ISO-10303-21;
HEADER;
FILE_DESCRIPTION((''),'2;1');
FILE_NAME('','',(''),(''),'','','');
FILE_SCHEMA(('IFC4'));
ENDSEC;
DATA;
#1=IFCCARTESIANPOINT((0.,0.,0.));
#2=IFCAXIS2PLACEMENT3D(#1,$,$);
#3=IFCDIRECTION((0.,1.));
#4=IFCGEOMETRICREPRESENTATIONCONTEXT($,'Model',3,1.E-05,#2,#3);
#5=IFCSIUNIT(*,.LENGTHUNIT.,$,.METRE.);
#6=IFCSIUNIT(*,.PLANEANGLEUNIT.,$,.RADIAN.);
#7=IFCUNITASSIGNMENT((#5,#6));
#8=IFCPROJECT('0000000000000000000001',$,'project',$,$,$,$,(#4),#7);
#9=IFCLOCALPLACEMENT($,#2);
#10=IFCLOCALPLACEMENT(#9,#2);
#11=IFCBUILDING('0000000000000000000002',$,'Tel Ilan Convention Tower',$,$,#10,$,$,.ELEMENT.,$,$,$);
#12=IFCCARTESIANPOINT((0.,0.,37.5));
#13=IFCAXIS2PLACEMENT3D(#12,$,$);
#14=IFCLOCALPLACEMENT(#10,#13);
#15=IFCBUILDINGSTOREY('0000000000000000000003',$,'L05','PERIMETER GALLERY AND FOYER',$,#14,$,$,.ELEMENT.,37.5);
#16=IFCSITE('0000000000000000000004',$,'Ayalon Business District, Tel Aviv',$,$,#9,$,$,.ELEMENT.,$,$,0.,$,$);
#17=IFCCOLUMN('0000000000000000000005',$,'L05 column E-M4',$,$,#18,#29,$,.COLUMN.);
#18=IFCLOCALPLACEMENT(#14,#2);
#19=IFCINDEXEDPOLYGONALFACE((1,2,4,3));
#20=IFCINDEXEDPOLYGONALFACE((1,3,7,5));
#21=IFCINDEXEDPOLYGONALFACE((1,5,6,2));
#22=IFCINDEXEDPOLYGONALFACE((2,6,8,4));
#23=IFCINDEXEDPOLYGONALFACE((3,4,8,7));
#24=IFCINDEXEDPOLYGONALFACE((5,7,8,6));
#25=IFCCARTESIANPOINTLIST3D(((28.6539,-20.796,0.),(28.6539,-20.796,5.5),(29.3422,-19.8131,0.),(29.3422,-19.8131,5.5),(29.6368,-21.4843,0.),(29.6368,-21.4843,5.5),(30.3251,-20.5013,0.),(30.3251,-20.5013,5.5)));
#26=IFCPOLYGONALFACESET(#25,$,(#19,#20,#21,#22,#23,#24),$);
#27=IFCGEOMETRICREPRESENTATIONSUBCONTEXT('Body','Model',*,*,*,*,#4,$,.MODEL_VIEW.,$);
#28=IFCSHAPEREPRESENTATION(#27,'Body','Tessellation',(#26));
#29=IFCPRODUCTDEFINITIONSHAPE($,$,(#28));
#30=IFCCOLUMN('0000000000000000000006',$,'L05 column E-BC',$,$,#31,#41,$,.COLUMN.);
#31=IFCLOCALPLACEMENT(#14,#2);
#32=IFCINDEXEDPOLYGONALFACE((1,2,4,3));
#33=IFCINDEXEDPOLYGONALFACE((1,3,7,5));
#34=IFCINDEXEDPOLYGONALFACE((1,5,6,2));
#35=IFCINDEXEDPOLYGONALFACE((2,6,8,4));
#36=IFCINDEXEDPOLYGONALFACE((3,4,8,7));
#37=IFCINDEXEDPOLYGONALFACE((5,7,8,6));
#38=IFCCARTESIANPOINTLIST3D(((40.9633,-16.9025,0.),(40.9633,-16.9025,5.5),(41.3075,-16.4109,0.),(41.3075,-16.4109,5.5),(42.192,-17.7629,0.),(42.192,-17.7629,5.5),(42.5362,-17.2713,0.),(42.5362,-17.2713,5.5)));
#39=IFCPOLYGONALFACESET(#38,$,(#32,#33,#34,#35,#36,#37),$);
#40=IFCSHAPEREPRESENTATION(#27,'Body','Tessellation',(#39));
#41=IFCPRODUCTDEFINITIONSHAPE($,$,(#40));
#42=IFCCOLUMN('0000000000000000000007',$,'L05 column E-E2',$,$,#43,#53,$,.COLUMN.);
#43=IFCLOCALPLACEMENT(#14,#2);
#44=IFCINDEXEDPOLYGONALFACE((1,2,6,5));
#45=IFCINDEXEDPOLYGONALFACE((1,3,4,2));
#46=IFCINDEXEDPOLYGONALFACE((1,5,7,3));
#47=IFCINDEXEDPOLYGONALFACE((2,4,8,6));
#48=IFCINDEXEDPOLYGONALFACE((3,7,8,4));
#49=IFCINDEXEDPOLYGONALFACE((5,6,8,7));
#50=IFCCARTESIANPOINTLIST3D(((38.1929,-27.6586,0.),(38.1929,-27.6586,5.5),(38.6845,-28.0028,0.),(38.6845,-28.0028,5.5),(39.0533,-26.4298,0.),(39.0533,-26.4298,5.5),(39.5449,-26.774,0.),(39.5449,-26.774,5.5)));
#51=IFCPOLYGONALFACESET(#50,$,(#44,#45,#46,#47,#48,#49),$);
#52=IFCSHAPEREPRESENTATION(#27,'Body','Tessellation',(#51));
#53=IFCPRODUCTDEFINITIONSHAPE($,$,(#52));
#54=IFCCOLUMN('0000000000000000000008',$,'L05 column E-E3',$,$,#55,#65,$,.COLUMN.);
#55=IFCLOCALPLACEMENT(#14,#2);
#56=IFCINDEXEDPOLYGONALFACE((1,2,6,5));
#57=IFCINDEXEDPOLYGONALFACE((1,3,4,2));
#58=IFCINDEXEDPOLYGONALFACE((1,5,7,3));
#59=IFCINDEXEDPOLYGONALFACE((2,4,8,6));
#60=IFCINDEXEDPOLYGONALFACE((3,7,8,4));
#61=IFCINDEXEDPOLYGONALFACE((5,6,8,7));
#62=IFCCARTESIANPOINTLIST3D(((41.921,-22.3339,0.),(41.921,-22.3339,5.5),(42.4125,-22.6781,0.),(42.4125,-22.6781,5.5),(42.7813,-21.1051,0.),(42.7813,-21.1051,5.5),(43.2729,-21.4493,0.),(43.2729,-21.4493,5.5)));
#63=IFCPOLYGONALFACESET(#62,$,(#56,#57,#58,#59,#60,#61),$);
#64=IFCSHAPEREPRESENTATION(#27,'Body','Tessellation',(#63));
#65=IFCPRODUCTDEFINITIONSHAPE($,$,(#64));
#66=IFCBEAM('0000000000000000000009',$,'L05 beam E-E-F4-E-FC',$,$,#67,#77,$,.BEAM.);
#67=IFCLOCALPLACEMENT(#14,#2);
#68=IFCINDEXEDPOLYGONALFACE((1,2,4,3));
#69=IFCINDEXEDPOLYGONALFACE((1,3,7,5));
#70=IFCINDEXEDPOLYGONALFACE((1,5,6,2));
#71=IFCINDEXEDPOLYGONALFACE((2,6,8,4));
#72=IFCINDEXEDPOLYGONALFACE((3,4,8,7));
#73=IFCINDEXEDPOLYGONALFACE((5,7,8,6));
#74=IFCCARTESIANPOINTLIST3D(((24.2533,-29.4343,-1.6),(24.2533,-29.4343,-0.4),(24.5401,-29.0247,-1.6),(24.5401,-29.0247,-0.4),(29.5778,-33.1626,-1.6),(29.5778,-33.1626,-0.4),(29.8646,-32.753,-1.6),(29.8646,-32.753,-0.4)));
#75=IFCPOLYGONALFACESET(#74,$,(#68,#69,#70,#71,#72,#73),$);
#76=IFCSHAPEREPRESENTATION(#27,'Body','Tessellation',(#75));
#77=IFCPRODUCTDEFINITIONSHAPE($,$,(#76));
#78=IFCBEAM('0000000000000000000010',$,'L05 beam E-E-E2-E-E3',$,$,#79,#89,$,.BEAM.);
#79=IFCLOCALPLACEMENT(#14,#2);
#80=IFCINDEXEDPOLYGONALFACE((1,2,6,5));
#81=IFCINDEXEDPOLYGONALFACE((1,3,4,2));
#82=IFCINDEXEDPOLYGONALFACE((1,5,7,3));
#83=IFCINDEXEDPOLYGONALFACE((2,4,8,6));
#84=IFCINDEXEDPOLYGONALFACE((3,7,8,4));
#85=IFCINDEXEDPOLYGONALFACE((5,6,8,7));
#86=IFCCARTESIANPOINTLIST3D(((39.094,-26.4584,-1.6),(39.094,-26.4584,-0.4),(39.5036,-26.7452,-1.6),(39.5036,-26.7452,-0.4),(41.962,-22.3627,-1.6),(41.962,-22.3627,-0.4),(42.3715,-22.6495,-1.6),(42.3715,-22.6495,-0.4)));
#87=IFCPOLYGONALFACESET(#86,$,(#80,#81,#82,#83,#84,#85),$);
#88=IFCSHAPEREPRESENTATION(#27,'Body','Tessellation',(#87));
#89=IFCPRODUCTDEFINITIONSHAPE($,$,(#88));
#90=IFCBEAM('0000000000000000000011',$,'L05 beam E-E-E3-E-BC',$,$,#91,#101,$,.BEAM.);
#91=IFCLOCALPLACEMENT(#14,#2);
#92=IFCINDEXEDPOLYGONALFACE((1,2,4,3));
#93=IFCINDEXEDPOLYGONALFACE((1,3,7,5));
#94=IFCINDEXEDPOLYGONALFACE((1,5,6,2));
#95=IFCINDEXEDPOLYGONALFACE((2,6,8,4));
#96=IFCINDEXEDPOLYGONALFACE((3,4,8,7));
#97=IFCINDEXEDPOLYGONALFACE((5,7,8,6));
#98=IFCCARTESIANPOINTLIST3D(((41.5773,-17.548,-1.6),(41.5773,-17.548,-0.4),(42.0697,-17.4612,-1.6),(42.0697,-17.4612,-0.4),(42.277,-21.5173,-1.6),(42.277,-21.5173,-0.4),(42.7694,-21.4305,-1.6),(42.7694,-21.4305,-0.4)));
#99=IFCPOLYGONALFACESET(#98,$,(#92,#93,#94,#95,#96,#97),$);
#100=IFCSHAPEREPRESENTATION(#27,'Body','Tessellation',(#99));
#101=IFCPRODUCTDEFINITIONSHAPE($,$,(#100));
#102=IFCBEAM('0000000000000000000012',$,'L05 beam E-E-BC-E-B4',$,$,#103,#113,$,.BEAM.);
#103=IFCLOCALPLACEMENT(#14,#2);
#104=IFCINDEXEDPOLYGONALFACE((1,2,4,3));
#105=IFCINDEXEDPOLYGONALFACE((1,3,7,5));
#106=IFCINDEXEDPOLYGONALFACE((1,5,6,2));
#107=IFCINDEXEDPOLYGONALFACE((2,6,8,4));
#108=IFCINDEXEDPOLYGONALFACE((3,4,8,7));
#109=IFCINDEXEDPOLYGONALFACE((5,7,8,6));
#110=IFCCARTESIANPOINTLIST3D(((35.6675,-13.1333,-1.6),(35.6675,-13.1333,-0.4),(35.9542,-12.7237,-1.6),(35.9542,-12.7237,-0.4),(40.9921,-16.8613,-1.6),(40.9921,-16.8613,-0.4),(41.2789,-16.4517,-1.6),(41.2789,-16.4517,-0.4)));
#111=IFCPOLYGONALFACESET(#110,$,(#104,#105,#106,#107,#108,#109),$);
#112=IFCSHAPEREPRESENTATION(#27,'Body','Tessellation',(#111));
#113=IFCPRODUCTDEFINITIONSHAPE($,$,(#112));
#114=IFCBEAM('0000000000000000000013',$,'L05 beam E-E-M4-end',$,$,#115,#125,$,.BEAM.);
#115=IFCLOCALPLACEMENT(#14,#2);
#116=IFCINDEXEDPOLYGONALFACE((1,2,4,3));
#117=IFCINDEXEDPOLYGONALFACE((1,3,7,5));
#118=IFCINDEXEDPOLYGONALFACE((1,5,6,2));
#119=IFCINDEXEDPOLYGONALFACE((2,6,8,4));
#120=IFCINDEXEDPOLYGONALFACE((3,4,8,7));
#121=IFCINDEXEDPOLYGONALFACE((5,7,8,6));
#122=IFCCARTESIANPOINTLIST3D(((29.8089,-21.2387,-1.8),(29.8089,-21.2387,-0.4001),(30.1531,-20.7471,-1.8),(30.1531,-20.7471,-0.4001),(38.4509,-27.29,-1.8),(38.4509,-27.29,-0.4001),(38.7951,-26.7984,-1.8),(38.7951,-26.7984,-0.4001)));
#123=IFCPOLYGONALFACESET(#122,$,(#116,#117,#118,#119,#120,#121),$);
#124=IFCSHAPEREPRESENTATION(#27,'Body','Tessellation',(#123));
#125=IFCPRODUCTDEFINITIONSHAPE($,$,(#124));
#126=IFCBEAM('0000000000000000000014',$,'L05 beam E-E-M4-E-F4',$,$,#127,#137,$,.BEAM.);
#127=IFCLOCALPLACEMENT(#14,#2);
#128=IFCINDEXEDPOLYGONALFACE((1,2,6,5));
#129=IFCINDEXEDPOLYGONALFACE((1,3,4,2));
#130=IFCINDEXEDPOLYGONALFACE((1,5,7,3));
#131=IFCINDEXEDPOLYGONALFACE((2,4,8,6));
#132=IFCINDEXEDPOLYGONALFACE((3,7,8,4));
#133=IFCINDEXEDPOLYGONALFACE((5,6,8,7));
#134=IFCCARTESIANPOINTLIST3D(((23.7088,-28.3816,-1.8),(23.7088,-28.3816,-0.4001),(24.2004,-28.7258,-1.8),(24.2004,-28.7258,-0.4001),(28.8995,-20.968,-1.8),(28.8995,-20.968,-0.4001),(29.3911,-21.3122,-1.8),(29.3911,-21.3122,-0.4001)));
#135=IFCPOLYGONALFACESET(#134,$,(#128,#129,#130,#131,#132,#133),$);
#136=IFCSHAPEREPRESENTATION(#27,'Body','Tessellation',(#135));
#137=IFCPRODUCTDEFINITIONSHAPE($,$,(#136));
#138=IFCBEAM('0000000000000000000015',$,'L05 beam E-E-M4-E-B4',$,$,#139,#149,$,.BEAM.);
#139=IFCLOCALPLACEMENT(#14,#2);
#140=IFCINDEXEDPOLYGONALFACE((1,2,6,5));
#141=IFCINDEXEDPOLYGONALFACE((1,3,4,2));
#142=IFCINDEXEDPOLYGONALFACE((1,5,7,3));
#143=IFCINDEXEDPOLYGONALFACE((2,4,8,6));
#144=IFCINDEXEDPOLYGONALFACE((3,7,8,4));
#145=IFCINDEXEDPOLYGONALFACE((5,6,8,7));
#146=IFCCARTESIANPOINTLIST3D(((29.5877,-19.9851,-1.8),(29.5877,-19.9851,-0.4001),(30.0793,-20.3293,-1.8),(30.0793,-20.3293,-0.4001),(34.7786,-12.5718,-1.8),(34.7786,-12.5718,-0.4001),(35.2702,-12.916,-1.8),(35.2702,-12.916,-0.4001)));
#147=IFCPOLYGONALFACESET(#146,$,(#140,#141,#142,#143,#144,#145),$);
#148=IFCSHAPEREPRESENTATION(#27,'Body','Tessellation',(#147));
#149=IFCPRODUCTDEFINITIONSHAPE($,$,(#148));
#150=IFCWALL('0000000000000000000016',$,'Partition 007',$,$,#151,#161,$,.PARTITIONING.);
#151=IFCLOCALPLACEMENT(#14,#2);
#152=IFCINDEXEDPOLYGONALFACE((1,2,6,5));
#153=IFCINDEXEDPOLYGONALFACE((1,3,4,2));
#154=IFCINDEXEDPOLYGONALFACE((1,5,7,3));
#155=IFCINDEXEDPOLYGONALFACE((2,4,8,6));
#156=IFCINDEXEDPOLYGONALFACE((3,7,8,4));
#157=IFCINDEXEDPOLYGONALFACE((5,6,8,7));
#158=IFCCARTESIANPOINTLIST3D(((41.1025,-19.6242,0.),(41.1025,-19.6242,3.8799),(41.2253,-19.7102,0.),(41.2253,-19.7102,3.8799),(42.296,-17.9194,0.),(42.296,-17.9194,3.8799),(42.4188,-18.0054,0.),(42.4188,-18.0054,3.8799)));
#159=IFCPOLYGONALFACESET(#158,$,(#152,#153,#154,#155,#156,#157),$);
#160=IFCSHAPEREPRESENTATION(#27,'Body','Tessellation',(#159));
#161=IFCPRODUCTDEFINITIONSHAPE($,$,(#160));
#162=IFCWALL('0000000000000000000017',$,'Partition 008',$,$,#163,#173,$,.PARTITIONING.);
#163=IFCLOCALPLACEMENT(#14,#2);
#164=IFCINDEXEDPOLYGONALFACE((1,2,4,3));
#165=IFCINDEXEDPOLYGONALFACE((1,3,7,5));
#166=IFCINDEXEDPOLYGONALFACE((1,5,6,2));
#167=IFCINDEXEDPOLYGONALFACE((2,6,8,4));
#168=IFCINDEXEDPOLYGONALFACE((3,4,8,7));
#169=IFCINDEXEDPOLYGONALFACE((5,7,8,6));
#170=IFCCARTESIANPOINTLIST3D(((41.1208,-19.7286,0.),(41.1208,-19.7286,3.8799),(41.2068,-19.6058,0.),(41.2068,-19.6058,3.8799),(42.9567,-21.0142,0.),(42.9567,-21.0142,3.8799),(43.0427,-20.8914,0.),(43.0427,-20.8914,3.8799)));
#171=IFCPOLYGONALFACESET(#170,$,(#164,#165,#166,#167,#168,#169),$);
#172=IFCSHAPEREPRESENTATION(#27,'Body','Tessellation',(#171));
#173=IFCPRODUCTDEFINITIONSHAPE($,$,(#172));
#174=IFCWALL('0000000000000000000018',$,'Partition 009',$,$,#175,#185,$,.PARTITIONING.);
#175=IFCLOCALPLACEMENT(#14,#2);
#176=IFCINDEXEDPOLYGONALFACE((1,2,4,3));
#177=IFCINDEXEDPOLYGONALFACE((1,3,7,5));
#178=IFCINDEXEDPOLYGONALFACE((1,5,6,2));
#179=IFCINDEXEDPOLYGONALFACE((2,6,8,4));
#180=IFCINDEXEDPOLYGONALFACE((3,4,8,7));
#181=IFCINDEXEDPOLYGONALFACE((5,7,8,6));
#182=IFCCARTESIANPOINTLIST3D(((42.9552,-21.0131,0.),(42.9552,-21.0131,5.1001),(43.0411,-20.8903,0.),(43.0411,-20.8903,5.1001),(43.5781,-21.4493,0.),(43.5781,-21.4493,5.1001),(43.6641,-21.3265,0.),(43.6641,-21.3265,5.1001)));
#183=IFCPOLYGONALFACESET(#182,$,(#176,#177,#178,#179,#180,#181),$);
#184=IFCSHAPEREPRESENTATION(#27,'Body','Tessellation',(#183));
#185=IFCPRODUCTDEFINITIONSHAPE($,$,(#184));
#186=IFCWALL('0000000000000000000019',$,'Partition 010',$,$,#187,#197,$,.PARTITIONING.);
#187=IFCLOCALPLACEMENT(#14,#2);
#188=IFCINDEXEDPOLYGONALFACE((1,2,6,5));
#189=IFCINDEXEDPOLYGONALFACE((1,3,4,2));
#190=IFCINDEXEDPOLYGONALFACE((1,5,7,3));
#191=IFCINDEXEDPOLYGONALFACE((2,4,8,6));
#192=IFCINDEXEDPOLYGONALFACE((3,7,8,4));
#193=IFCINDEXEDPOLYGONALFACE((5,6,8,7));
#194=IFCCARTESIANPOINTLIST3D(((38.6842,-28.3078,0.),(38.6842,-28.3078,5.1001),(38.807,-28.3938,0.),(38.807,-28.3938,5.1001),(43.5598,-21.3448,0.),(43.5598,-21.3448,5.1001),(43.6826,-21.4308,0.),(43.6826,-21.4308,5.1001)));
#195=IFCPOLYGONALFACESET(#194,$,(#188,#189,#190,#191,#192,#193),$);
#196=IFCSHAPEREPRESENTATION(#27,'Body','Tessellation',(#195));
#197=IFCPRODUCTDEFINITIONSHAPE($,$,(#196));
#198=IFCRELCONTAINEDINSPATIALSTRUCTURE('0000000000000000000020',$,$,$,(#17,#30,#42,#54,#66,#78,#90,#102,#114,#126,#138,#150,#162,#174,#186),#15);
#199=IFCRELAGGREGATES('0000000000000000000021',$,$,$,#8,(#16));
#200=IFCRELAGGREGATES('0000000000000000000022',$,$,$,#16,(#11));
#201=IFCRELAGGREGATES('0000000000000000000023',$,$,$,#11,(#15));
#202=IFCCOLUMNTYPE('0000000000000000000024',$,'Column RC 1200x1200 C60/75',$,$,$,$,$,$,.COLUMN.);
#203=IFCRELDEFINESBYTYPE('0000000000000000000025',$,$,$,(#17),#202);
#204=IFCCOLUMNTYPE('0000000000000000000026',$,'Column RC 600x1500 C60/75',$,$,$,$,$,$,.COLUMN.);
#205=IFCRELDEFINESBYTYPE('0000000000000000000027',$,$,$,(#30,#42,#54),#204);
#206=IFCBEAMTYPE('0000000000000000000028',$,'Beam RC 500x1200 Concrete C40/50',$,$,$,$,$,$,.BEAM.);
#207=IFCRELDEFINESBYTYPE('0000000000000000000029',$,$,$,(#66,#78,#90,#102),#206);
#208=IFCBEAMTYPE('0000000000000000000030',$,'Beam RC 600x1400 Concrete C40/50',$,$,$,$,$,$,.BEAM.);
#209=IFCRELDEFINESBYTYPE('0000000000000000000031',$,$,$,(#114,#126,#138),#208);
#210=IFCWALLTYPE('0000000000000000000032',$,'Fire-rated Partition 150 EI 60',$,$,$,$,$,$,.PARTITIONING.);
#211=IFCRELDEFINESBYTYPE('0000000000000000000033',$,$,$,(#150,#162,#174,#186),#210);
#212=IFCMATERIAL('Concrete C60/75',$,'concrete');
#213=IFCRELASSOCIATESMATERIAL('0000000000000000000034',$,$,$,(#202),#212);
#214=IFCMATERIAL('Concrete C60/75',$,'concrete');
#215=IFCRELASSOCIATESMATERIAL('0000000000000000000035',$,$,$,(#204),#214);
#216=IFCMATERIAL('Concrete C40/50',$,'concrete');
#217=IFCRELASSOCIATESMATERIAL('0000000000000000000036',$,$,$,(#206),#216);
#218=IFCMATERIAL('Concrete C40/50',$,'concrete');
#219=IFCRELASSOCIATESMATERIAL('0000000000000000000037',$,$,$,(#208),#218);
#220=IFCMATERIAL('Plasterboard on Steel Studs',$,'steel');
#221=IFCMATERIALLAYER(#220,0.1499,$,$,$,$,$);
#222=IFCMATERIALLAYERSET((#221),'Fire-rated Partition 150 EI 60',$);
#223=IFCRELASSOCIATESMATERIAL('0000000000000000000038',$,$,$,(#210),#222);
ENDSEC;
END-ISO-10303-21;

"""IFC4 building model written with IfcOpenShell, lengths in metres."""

from ifc_helpers import new_model, si_unit, direction, frame, frame_2d, origin, origin_2d, place, context, subcontext, project, spatial, rectangle, extrude, material, layer, layer_set, material_profile, profile_set, type_object, element, save


model = new_model("IFC4")

# Units and contexts
model_context = context("Model", 3, precision=1e-05, world=origin(), true_north=direction((0.0, 1.0)))
body_context = subcontext(model_context, "Body", "Model", "MODEL_VIEW")
ifc_project = project(units=[si_unit("LENGTHUNIT", "METRE"), si_unit("PLANEANGLEUNIT", "RADIAN")], contexts=[model_context])

# Site, building, storey
site_placement = place(None, origin())
site = spatial("IfcSite", under=ifc_project, at=site_placement, Name="Ayalon Business District, Tel Aviv", CompositionType="ELEMENT", RefElevation=0.0)
building_placement = place(site_placement, origin())
building = spatial("IfcBuilding", under=site, at=building_placement, Name="Tel Ilan Convention Tower", CompositionType="ELEMENT")
storey_placement = place(building_placement, frame((0.0, 0.0, 37.5)))
storey = spatial("IfcBuildingStorey", under=building, at=storey_placement, Name="L05", Description="PERIMETER GALLERY AND FOYER", CompositionType="ELEMENT", Elevation=37.5)

# Columns
ifc_material_1 = material(Name="Concrete C60/75", Category="concrete")
ifc_material_profile_1 = material_profile(ifc_material_1, rectangle(XDim=1.2, YDim=1.2, at=origin_2d()), Name="RC 1200x1200")
ifc_profile_set_1 = profile_set([ifc_material_profile_1], Name="Concrete C60/75")
column_type_1 = type_object("IfcColumnType", Name="Column RC 1200x1200 C60/75", PredefinedType="COLUMN", material=ifc_profile_set_1)
column_placement = place(storey_placement, frame((29.4895, -20.6487, 0.0), z_axis=(0.0, 0.0, 1.0), x_axis=(0.819152, -0.573576, 0.0)))
element("IfcColumn", 1, at=column_placement, inside=storey, type_object=column_type_1, Name="L05 column E-M4", PredefinedType="COLUMN", context=body_context, shape_type="SweptSolid", body=[
    extrude(rectangle(XDim=1.2, YDim=1.2, at=origin_2d()), origin(), (0.0, 0.0, 1.0), 5.5),
])
ifc_material_2 = material(Name="Concrete C60/75", Category="concrete")
ifc_material_profile_2 = material_profile(ifc_material_2, rectangle(XDim=1.5, YDim=0.6001, at=origin_2d()), Name="RC 600x1500")
ifc_profile_set_2 = profile_set([ifc_material_profile_2], Name="Concrete C60/75")
column_type_2 = type_object("IfcColumnType", Name="Column RC 600x1500 C60/75", PredefinedType="COLUMN", material=ifc_profile_set_2)
for number, where, z_axis, x_axis, name in (
    (2, (41.7498, -17.0869, 0.0), (0.0, 0.0, 1.0), (0.819152, -0.573576, 0.0), "L05 column E-BC"),
    (3, (38.8689, -27.2163, 0.0), (0.0, 0.0, 1.0), (0.573576, 0.819152, 0.0), "L05 column E-E2"),
    (4, (42.5969, -21.8916, 0.0), (0.0, 0.0, 1.0), (0.573576, 0.819152, 0.0), "L05 column E-E3"),
):
    element("IfcColumn", number, at=place(storey_placement, frame(where, z_axis=z_axis, x_axis=x_axis)), inside=storey, type_object=column_type_2, Name=name, PredefinedType="COLUMN", context=body_context, shape_type="SweptSolid", body=[
        extrude(rectangle(XDim=1.5, YDim=0.6001, at=origin_2d()), origin(), (0.0, 0.0, 1.0), 5.5),
    ])

# Beams
ifc_material_3 = material(Name="Concrete C40/50", Category="concrete")
ifc_material_profile_3 = material_profile(ifc_material_3, rectangle(XDim=0.5, YDim=1.2, at=origin_2d()), Name="RC 500x1200")
ifc_profile_set_3 = profile_set([ifc_material_profile_3], Name="Concrete C40/50")
beam_type_1 = type_object("IfcBeamType", Name="Beam RC 500x1200 Concrete C40/50", PredefinedType="BEAM", material=ifc_profile_set_3)
beam_1_placement = place(storey_placement, frame((24.3967, -29.2295, -1.0), z_axis=(0.819149, -0.573581, 0.0), x_axis=(0.573581, 0.819149, 0.0)))
element("IfcBeam", 5, at=beam_1_placement, inside=storey, type_object=beam_type_1, Name="L05 beam E-E-F4-E-FC", PredefinedType="BEAM", context=body_context, shape_type="SweptSolid", body=[
    extrude(rectangle(XDim=0.5, YDim=1.2, at=origin_2d()), origin(), (0.0, 0.0, 1.0), 6.5),
])
beam_2_placement = place(storey_placement, frame((39.2988, -26.6018, -1.0), z_axis=(0.573587, 0.819145, 0.0), x_axis=(-0.819145, 0.573587, 0.0)))
element("IfcBeam", 6, at=beam_2_placement, inside=storey, type_object=beam_type_1, Name="L05 beam E-E-E2-E-E3", PredefinedType="BEAM", context=body_context, shape_type="SweptSolid", body=[
    extrude(rectangle(XDim=0.5, YDim=1.2, at=origin_2d()), origin(), (0.0, 0.0, 1.0), 5.0),
])
beam_3_placement = place(storey_placement, frame((42.5232, -21.4739, -1.0), z_axis=(-0.173606, 0.984815, 0.0), x_axis=(-0.984815, -0.173606, 0.0)))
element("IfcBeam", 7, at=beam_3_placement, inside=storey, type_object=beam_type_1, Name="L05 beam E-E-E3-E-BC", PredefinedType="BEAM", context=body_context, shape_type="SweptSolid", body=[
    extrude(rectangle(XDim=0.5, YDim=1.2, at=origin_2d()), origin(), (0.0, 0.0, 1.0), 4.0305),
])
beam_4_placement = place(storey_placement, frame((41.1355, -16.6565, -1.0), z_axis=(-0.819179, 0.573538, 0.0), x_axis=(-0.573538, -0.819179, 0.0)))
element("IfcBeam", 8, at=beam_4_placement, inside=storey, type_object=beam_type_1, Name="L05 beam E-E-BC-E-B4", PredefinedType="BEAM", context=body_context, shape_type="SweptSolid", body=[
    extrude(rectangle(XDim=0.5, YDim=1.2, at=origin_2d()), origin(), (0.0, 0.0, 1.0), 6.5),
])
ifc_material_4 = material(Name="Concrete C40/50", Category="concrete")
ifc_material_profile_4 = material_profile(ifc_material_4, rectangle(XDim=0.6001, YDim=1.3999, at=origin_2d()), Name="RC 600x1400")
ifc_profile_set_4 = profile_set([ifc_material_profile_4], Name="Concrete C40/50")
beam_type_2 = type_object("IfcBeamType", Name="Beam RC 600x1400 Concrete C40/50", PredefinedType="BEAM", material=ifc_profile_set_4)
beam_5_placement = place(storey_placement, frame((29.981, -20.9929, -1.1001), z_axis=(0.819151, -0.573577, 0.0), x_axis=(0.573577, 0.819151, 0.0)))
element("IfcBeam", 9, at=beam_5_placement, inside=storey, type_object=beam_type_2, Name="L05 beam E-E-M4-end", PredefinedType="BEAM", context=body_context, shape_type="SweptSolid", body=[
    extrude(rectangle(XDim=0.6001, YDim=1.3999, at=origin_2d()), origin(), (0.0, 0.0, 1.0), 10.55),
])
for number, where, z_axis, x_axis, name in (
    (10, (29.1453, -21.1401, -1.1001), (-0.573549, -0.819171, 0.0), (0.819171, -0.573549, 0.0), "L05 beam E-E-M4-E-F4"),
    (11, (29.8335, -20.1572, -1.1001), (0.57358, 0.81915, 0.0), (-0.81915, 0.57358, 0.0), "L05 beam E-E-M4-E-B4"),
):
    element("IfcBeam", number, at=place(storey_placement, frame(where, z_axis=z_axis, x_axis=x_axis)), inside=storey, type_object=beam_type_2, Name=name, PredefinedType="BEAM", context=body_context, shape_type="SweptSolid", body=[
        extrude(rectangle(XDim=0.6001, YDim=1.3999, at=origin_2d()), origin(), (0.0, 0.0, 1.0), 9.05),
    ])

# Walls
ifc_material_5 = material(Name="Plasterboard on Steel Studs", Category="steel")
ifc_layer = layer(ifc_material_5, 0.1499)
ifc_layer_set = layer_set([ifc_layer], Name="Fire-rated Partition 150 EI 60")
wall_type = type_object("IfcWallType", Name="Fire-rated Partition 150 EI 60", PredefinedType="PARTITIONING", material=ifc_layer_set)
wall_1_placement = place(storey_placement, frame((42.3574, -17.9624, 0.0), z_axis=(0.0, 0.0, 1.0), x_axis=(-0.573533, -0.819182, 0.0)))
element("IfcWall", 12, at=wall_1_placement, inside=storey, type_object=wall_type, Name="Partition 007", PredefinedType="PARTITIONING", context=body_context, shape_type="SweptSolid", body=[
    extrude(rectangle(XDim=2.0811, YDim=0.1499, at=frame_2d((1.0405, 0.0))), origin(), (0.0, 0.0, 1.0), 3.8799),
])
wall_2_placement = place(storey_placement, frame((41.1638, -19.6672, 0.0), z_axis=(0.0, 0.0, 1.0), x_axis=(0.81913, -0.573609, 0.0)))
element("IfcWall", 13, at=wall_2_placement, inside=storey, type_object=wall_type, Name="Partition 008", PredefinedType="PARTITIONING", context=body_context, shape_type="SweptSolid", body=[
    extrude(rectangle(XDim=2.2412, YDim=0.1499, at=frame_2d((1.1206, 0.0))), origin(), (0.0, 0.0, 1.0), 3.8799),
])
wall_3_placement = place(storey_placement, frame((42.998, -20.9517, 0.0), z_axis=(0.0, 0.0, 1.0), x_axis=(0.819141, -0.573592, 0.0)))
element("IfcWall", 14, at=wall_3_placement, inside=storey, type_object=wall_type, Name="Partition 009", PredefinedType="PARTITIONING", context=body_context, shape_type="SweptSolid", body=[
    extrude(rectangle(XDim=0.7605, YDim=0.1499, at=frame_2d((0.3804, 0.0))), origin(), (0.0, 0.0, 1.0), 5.1001),
])
wall_4_placement = place(storey_placement, frame((43.6211, -21.3879, 0.0), z_axis=(0.0, 0.0, 1.0), x_axis=(-0.573578, -0.819151, 0.0)))
element("IfcWall", 15, at=wall_4_placement, inside=storey, type_object=wall_type, Name="Partition 010", PredefinedType="PARTITIONING", context=body_context, shape_type="SweptSolid", body=[
    extrude(rectangle(XDim=8.5002, YDim=0.1499, at=frame_2d((4.25, 0.0))), origin(), (0.0, 0.0, 1.0), 5.1001),
])

save(model, "model.ifc")
